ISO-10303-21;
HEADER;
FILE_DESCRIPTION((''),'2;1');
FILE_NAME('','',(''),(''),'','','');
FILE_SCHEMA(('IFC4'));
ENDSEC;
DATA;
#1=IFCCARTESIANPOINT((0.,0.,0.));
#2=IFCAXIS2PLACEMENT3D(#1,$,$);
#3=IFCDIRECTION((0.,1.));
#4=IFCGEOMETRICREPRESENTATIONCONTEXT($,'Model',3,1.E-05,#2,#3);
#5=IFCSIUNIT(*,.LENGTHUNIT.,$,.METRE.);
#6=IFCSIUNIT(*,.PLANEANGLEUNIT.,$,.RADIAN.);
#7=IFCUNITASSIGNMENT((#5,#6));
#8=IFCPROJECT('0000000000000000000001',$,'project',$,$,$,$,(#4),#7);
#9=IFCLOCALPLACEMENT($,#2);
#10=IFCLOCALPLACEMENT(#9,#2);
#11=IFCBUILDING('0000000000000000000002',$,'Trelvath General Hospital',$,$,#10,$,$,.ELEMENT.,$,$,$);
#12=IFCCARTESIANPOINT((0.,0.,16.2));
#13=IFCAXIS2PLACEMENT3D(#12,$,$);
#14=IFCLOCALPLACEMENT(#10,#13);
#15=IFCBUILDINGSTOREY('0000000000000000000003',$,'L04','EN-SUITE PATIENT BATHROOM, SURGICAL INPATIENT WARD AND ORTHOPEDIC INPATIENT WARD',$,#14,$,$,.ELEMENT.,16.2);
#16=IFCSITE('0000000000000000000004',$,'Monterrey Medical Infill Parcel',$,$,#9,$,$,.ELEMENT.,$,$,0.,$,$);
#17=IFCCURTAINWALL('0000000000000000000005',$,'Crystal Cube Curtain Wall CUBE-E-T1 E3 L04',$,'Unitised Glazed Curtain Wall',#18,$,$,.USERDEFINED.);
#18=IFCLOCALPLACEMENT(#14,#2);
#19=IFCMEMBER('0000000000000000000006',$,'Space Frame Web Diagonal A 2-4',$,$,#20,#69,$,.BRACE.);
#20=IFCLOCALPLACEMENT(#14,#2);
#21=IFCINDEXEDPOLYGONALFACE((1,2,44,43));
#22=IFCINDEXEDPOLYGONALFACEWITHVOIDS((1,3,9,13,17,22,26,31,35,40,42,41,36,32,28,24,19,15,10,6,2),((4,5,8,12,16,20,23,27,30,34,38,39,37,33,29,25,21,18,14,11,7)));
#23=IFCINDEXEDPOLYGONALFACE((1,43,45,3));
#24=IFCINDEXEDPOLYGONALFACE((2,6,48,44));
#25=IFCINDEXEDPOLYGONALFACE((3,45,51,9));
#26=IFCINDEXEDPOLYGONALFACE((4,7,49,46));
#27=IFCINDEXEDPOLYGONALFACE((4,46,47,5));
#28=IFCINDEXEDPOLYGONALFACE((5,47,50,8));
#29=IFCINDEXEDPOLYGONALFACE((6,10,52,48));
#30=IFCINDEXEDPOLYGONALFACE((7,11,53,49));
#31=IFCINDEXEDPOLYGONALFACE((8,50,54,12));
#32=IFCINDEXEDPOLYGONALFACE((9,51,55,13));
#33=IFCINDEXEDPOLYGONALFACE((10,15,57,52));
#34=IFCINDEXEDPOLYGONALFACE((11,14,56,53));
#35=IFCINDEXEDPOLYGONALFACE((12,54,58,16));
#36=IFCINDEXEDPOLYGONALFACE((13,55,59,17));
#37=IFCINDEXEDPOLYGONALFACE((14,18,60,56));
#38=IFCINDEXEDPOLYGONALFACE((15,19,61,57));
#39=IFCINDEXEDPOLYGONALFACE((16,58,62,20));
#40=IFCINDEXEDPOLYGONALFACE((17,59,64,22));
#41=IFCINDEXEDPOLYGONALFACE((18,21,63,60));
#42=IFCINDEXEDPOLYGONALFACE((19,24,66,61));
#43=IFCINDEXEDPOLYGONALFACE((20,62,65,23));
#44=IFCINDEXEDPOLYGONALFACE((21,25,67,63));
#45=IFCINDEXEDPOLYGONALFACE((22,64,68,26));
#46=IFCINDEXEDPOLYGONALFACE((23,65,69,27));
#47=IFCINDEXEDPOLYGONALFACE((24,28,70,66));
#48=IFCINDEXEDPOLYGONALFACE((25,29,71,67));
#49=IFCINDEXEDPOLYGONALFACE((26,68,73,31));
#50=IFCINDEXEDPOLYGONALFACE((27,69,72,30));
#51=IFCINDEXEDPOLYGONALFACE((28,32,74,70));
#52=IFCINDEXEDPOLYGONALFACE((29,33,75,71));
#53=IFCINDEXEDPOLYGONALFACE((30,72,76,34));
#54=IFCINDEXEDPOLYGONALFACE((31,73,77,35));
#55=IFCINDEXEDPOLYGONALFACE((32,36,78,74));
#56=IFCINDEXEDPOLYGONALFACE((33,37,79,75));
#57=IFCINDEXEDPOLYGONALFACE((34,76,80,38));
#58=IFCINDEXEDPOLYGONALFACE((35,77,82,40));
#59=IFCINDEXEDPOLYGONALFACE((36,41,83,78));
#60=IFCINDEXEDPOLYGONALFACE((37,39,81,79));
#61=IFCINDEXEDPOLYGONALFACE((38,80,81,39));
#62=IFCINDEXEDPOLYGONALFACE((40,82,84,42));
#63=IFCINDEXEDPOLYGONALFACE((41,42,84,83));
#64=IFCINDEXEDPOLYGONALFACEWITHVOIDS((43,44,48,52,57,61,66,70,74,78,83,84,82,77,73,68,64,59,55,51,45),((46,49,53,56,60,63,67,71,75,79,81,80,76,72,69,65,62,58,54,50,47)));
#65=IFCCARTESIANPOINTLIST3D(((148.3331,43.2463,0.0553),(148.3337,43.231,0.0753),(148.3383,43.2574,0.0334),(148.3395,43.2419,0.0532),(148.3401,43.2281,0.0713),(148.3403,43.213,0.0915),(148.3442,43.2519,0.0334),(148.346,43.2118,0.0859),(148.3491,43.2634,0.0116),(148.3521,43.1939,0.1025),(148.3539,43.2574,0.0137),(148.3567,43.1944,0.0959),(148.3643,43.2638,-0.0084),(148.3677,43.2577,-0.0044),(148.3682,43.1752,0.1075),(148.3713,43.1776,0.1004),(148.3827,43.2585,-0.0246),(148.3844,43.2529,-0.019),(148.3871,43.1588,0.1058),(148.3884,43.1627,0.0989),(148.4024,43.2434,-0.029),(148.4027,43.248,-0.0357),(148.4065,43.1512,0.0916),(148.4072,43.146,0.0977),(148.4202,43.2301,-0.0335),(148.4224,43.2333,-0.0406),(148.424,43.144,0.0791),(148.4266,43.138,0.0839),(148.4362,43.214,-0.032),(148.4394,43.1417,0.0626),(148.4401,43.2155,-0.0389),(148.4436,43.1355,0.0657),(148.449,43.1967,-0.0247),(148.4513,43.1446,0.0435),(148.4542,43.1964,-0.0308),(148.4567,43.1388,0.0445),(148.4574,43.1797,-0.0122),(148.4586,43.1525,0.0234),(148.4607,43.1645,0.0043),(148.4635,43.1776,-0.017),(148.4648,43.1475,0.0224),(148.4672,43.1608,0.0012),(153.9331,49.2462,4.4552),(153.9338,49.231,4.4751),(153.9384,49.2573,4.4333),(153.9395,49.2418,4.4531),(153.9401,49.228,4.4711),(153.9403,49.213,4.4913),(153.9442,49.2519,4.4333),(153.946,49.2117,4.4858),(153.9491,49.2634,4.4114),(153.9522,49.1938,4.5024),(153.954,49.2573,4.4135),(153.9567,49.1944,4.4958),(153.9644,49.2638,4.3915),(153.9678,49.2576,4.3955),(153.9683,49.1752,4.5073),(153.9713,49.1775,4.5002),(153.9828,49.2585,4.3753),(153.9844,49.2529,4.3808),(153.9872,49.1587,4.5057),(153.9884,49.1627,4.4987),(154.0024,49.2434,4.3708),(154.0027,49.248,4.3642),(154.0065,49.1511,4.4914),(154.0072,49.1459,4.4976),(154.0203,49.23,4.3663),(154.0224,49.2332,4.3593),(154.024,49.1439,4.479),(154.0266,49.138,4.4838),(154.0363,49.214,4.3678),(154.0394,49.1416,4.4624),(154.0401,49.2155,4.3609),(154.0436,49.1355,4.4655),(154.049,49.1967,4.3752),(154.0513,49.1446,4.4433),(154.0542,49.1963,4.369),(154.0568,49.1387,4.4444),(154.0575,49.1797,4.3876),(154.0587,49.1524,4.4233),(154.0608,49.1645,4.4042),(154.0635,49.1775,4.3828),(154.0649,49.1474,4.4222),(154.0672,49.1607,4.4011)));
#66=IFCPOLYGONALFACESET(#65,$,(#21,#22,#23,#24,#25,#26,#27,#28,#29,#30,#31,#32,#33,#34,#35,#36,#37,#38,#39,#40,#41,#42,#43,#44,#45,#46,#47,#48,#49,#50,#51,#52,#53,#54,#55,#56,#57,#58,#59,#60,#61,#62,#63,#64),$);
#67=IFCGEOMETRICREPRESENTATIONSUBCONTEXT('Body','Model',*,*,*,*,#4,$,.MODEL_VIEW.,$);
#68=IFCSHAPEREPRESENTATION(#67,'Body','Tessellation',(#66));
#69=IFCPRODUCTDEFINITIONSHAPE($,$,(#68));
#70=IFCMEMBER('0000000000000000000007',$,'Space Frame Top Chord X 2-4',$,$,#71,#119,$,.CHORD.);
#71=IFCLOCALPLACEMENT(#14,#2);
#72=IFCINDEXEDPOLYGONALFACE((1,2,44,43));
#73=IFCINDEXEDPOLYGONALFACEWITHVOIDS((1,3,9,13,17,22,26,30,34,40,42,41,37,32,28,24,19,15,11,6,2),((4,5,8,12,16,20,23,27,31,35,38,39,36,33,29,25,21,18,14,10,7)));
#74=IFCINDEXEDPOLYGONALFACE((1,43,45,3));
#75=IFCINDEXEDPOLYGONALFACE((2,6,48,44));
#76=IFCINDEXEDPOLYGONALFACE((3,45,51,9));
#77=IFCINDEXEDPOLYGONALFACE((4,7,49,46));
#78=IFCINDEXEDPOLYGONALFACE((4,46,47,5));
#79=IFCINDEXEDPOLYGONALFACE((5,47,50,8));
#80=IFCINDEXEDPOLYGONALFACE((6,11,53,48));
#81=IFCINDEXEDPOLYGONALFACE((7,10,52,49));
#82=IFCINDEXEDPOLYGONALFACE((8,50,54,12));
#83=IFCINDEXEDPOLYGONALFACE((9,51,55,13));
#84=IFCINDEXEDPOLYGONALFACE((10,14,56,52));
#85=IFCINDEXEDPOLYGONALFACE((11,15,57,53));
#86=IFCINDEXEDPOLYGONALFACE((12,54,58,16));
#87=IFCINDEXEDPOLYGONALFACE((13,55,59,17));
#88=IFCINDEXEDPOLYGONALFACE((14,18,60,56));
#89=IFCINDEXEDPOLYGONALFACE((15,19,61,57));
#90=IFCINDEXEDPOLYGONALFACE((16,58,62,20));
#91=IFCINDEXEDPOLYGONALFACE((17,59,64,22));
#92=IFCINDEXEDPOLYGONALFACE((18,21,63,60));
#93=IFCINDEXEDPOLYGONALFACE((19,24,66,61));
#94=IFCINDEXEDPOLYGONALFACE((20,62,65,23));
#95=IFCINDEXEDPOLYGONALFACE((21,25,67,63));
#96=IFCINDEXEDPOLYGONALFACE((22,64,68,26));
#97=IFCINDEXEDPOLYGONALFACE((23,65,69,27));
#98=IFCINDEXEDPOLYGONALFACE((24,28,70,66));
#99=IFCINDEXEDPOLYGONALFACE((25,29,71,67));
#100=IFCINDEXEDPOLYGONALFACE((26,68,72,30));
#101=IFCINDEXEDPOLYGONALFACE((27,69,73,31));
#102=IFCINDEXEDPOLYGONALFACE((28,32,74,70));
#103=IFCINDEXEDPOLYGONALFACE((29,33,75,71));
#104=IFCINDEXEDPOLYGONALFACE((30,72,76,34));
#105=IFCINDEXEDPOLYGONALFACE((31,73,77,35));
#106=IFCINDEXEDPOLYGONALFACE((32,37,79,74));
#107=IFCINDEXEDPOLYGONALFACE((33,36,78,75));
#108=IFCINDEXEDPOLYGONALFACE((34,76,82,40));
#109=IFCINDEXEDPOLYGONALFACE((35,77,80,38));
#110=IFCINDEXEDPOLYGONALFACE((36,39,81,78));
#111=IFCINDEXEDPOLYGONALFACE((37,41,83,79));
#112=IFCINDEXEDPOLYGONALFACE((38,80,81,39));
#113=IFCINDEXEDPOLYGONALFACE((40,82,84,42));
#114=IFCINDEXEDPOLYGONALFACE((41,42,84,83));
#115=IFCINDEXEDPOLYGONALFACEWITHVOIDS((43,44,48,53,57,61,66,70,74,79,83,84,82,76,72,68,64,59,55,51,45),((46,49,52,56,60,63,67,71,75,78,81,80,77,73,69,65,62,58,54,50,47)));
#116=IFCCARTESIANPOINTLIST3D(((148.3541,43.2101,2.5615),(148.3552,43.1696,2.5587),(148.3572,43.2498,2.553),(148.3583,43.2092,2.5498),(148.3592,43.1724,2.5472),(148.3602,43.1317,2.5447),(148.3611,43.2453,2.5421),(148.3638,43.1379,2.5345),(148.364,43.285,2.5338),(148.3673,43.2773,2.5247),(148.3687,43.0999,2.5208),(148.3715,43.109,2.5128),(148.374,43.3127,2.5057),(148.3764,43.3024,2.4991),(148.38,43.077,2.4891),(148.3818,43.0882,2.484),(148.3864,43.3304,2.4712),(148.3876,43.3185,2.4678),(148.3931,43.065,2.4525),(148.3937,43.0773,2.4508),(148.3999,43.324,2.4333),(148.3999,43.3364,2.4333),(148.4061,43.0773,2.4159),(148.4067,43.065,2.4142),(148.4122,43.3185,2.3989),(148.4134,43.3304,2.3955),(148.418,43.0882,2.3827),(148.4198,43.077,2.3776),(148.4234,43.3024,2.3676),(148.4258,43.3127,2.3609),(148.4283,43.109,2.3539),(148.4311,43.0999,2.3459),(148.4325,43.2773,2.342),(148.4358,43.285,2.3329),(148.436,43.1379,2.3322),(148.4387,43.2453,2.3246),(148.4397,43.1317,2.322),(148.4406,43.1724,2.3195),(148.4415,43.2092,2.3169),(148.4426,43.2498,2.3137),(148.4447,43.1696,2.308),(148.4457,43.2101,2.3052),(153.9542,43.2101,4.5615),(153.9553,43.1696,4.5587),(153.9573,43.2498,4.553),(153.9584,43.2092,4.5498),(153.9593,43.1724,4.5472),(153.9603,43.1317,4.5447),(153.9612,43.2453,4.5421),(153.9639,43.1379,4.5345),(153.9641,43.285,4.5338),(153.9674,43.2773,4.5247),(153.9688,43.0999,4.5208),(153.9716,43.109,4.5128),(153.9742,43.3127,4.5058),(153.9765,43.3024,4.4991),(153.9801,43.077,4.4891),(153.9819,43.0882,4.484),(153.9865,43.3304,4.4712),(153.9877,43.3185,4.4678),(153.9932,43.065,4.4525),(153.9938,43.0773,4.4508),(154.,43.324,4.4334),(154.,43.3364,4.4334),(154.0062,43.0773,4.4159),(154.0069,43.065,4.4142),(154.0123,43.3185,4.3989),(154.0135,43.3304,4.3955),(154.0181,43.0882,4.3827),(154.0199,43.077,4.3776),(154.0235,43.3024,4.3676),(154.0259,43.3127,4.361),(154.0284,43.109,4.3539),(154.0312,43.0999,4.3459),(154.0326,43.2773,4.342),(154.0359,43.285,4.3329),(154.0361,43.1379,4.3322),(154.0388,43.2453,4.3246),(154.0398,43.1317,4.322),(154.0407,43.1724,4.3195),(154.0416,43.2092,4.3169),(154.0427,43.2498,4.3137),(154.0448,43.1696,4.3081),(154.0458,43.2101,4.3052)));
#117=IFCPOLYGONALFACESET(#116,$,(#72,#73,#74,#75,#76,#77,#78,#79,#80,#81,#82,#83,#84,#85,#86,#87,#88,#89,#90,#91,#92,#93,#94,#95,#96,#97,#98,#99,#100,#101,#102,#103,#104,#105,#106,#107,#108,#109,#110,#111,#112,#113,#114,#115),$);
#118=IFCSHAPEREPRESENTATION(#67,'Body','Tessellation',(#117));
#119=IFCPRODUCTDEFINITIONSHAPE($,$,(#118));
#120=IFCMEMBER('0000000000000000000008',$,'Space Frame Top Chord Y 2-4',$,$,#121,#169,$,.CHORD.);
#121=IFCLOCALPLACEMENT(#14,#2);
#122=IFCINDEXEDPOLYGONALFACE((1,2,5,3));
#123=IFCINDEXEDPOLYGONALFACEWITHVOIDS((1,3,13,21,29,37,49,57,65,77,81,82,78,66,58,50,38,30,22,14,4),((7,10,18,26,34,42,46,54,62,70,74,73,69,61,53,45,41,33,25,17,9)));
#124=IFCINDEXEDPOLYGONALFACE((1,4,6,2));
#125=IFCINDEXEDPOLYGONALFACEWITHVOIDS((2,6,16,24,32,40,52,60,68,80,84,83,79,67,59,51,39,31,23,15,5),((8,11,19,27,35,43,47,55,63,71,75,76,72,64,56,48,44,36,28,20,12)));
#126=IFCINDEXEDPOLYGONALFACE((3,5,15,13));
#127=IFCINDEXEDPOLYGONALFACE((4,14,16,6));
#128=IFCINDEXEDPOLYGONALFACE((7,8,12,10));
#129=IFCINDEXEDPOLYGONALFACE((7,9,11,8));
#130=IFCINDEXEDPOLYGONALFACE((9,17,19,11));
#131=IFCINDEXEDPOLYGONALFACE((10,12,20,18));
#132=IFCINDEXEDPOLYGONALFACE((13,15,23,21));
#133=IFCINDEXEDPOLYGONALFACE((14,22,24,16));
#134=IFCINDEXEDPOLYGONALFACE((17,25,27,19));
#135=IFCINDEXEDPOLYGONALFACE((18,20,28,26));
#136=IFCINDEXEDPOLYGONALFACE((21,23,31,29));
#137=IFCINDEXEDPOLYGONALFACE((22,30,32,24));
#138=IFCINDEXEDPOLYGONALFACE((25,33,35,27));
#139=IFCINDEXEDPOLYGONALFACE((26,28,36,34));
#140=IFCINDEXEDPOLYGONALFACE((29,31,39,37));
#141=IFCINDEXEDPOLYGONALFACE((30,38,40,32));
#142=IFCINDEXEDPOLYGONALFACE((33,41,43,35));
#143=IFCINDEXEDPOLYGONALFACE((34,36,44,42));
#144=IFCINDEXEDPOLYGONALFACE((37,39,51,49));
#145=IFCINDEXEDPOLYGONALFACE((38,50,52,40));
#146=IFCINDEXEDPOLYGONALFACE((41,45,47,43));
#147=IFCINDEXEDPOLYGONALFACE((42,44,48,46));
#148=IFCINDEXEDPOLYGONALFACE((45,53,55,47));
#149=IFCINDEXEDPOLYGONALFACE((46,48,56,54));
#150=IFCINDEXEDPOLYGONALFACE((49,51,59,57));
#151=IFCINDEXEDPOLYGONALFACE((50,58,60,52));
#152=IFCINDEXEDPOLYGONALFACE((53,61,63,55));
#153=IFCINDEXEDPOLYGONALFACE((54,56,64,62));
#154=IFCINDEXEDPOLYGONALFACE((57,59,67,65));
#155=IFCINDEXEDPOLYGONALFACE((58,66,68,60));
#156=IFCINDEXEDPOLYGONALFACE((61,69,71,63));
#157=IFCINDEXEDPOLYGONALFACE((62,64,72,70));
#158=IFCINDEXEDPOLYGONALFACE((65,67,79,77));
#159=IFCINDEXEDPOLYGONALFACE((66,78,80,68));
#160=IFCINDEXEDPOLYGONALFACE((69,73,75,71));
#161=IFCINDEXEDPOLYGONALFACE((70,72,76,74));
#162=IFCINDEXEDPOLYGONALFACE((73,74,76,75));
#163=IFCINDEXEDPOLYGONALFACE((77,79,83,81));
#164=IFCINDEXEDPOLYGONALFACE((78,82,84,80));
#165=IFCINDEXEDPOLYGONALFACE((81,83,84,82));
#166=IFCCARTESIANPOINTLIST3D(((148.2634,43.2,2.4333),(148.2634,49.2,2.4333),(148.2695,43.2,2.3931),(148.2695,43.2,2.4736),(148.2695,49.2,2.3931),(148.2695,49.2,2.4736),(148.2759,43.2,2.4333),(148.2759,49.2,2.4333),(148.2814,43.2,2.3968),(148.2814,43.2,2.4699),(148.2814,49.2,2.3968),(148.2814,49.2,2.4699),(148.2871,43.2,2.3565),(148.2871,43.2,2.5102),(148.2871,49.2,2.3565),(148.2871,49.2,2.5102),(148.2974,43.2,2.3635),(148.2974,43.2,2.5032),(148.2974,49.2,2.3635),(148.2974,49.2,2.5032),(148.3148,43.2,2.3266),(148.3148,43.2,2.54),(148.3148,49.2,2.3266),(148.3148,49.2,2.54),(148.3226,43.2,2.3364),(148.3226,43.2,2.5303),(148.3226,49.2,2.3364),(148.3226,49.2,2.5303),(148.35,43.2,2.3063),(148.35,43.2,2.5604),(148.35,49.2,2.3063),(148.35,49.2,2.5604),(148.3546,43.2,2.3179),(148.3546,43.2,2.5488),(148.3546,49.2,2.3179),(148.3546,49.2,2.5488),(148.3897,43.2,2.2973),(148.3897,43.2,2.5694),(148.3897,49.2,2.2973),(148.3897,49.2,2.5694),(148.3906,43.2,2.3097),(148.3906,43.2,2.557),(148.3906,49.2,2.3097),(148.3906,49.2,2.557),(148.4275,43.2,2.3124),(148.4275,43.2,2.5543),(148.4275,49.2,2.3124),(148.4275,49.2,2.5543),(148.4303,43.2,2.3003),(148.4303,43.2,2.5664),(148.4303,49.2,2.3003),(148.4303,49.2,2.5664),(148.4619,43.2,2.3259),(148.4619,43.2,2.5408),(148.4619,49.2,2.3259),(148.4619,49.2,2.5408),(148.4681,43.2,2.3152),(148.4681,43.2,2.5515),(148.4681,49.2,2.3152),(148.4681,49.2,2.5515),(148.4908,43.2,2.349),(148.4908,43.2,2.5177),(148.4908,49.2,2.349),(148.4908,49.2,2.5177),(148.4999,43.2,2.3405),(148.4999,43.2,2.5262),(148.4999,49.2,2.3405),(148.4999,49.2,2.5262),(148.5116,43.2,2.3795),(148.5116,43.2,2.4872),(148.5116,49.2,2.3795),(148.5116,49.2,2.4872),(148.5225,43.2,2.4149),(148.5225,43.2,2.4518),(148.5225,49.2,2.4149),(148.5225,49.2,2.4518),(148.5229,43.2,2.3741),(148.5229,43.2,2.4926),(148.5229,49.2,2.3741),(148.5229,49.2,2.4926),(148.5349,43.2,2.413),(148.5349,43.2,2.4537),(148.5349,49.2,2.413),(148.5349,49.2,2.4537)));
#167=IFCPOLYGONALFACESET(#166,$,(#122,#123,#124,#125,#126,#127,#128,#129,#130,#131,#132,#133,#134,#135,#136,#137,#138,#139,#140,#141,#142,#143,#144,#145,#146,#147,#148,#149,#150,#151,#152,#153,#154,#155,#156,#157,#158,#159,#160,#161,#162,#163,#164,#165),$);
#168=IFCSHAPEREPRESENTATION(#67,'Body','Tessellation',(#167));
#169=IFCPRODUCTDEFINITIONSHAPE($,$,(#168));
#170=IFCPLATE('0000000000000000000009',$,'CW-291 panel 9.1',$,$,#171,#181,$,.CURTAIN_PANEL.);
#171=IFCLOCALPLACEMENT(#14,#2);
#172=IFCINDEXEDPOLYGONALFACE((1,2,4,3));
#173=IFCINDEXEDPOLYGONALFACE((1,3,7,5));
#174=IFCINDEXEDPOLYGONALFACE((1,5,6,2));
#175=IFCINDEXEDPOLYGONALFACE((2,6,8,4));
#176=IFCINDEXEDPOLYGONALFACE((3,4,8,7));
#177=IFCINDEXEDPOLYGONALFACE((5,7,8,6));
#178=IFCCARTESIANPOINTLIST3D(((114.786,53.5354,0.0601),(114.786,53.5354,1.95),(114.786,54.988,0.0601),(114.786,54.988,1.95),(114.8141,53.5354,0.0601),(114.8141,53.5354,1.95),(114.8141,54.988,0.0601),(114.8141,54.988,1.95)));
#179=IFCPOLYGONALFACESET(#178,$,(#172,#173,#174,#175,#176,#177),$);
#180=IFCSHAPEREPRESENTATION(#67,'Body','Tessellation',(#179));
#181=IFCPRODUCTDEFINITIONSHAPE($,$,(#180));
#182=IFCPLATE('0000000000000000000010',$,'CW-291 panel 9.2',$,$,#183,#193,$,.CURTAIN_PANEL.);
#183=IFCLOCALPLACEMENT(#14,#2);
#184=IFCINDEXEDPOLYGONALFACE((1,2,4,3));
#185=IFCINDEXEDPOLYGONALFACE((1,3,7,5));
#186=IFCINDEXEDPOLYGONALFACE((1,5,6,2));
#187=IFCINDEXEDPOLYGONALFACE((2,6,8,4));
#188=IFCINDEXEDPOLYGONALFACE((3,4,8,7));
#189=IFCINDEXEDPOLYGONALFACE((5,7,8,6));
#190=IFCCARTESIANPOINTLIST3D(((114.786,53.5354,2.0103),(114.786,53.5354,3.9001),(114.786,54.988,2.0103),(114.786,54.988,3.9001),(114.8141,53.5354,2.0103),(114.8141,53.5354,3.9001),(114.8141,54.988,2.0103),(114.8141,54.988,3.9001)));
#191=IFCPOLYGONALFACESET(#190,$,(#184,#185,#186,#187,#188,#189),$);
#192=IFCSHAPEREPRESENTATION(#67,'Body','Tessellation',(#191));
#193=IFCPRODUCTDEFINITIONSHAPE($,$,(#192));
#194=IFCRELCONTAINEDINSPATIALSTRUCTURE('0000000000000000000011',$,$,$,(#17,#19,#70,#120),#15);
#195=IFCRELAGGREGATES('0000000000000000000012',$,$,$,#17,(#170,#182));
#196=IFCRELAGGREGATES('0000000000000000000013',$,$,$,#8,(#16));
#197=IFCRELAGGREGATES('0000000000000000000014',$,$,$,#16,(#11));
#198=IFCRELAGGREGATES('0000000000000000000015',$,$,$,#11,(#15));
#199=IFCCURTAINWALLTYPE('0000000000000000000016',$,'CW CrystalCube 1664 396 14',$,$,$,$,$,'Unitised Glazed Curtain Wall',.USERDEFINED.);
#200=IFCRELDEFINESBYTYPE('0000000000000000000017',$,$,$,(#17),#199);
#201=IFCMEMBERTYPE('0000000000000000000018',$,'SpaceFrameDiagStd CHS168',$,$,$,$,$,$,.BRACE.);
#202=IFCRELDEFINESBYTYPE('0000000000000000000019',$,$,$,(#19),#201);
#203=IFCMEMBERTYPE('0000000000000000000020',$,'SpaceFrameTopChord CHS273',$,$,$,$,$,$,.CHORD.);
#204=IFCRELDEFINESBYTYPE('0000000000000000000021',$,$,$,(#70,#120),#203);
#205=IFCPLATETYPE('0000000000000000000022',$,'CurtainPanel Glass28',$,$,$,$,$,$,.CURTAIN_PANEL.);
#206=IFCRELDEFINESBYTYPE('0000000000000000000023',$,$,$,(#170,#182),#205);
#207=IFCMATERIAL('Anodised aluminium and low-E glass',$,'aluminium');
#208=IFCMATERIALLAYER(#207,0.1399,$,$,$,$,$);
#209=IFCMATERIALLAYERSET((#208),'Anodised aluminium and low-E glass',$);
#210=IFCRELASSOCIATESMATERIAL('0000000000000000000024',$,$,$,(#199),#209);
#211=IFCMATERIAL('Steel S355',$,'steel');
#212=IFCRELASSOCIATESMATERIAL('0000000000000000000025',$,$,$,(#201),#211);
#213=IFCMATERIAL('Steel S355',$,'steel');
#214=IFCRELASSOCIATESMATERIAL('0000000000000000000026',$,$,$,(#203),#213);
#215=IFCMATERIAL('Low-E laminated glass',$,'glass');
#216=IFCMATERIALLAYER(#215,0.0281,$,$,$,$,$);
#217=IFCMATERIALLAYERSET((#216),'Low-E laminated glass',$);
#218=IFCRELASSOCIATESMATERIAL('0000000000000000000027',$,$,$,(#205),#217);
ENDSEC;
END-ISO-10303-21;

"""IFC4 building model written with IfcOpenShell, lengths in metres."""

from ifc_helpers import new_model, si_unit, direction, frame, origin, origin_2d, place, context, subcontext, project, spatial, rectangle, hollow_circle, extrude, material, layer, layer_set, material_profile, profile_set, type_object, element, aggregate, save


model = new_model("IFC4")

# Units and contexts
model_context = context("Model", 3, precision=1e-05, world=origin(), true_north=direction((0.0, 1.0)))
body_context = subcontext(model_context, "Body", "Model", "MODEL_VIEW")
ifc_project = project(units=[si_unit("LENGTHUNIT", "METRE"), si_unit("PLANEANGLEUNIT", "RADIAN")], contexts=[model_context])

# Site, building, storey
site_placement = place(None, origin())
site = spatial("IfcSite", under=ifc_project, at=site_placement, Name="Monterrey Medical Infill Parcel", CompositionType="ELEMENT", RefElevation=0.0)
building_placement = place(site_placement, origin())
building = spatial("IfcBuilding", under=site, at=building_placement, Name="Trelvath General Hospital", CompositionType="ELEMENT")
storey_placement = place(building_placement, frame((0.0, 0.0, 16.2)))
storey = spatial("IfcBuildingStorey", under=building, at=storey_placement, Name="L04", Description="EN-SUITE PATIENT BATHROOM, SURGICAL INPATIENT WARD AND ORTHOPEDIC INPATIENT WARD", CompositionType="ELEMENT", Elevation=16.2)

# Curtain wall
ifc_material_1 = material(Name="Anodised aluminium and low-E glass", Category="aluminium")
ifc_layer_1 = layer(ifc_material_1, 0.1399)
ifc_layer_set_1 = layer_set([ifc_layer_1], Name="Anodised aluminium and low-E glass")
curtain_wall_type = type_object("IfcCurtainWallType", Name="CW CrystalCube 1664 396 14", ElementType="Unitised Glazed Curtain Wall", PredefinedType="USERDEFINED", material=ifc_layer_set_1)
curtain_wall_placement = place(storey_placement, origin())
curtain_wall = element("IfcCurtainWall", 1, at=curtain_wall_placement, inside=storey, type_object=curtain_wall_type, Name="Crystal Cube Curtain Wall CUBE-E-T1 E3 L04", ObjectType="Unitised Glazed Curtain Wall", PredefinedType="USERDEFINED")

# Members
ifc_material_2 = material(Name="Steel S355", Category="steel")
ifc_material_profile_1 = material_profile(ifc_material_2, hollow_circle(Radius=0.0842, WallThickness=0.0081, at=origin_2d()), Name="CHS168.3x8.0")
ifc_profile_set_1 = profile_set([ifc_material_profile_1], Name="Steel S355")
member_type_1 = type_object("IfcMemberType", Name="SpaceFrameDiagStd CHS168", PredefinedType="BRACE", material=ifc_profile_set_1)
member_1_placement = place(storey_placement, frame((148.3999, 43.2, 0.0334), z_axis=(0.601361, 0.644304, 0.472479), x_axis=(-0.731049, 0.682325, 0.0)))
element("IfcMember", 2, at=member_1_placement, inside=storey, type_object=member_type_1, Name="Space Frame Web Diagonal A 2-4", PredefinedType="BRACE", context=body_context, shape_type="SweptSolid", body=[
    extrude(hollow_circle(Radius=0.0842, WallThickness=0.0081, at=origin_2d()), origin(), (0.0, 0.0, 1.0), 9.3123),
])
ifc_material_3 = material(Name="Steel S355", Category="steel")
ifc_material_profile_2 = material_profile(ifc_material_3, hollow_circle(Radius=0.1365, WallThickness=0.0125, at=origin_2d()), Name="CHS273.0x12.5")
ifc_profile_set_2 = profile_set([ifc_material_profile_2], Name="Steel S355")
member_type_2 = type_object("IfcMemberType", Name="SpaceFrameTopChord CHS273", PredefinedType="CHORD", material=ifc_profile_set_2)
member_2_placement = place(storey_placement, frame((148.3999, 43.2, 2.4333), z_axis=(0.941744, 0.0, 0.336331), x_axis=(0.0, 1.0, 0.0)))
element("IfcMember", 3, at=member_2_placement, inside=storey, type_object=member_type_2, Name="Space Frame Top Chord X 2-4", PredefinedType="CHORD", context=body_context, shape_type="SweptSolid", body=[
    extrude(hollow_circle(Radius=0.1365, WallThickness=0.0125, at=origin_2d()), origin(), (0.0, 0.0, 1.0), 5.9465),
])
member_3_placement = place(storey_placement, frame((148.3999, 43.2, 2.4333), z_axis=(0.0, 1.0, 0.0), x_axis=(-1.0, 0.0, 0.0)))
element("IfcMember", 4, at=member_3_placement, inside=storey, type_object=member_type_2, Name="Space Frame Top Chord Y 2-4", PredefinedType="CHORD", context=body_context, shape_type="SweptSolid", body=[
    extrude(hollow_circle(Radius=0.1365, WallThickness=0.0125, at=origin_2d()), origin(), (0.0, 0.0, 1.0), 6.0),
])

# Plates
ifc_material_4 = material(Name="Low-E laminated glass", Category="glass")
ifc_layer_2 = layer(ifc_material_4, 0.0281)
ifc_layer_set_2 = layer_set([ifc_layer_2], Name="Low-E laminated glass")
plate_type = type_object("IfcPlateType", Name="CurtainPanel Glass28", PredefinedType="CURTAIN_PANEL", material=ifc_layer_set_2)
plate_1_placement = place(storey_placement, frame((114.8, 54.2617, 0.0601), z_axis=(0.0, 0.0, 1.0), x_axis=(0.0, -1.0, 0.0)))
plate_1 = element("IfcPlate", 5, at=plate_1_placement, type_object=plate_type, Name="CW-291 panel 9.1", PredefinedType="CURTAIN_PANEL", context=body_context, shape_type="SweptSolid", body=[
    extrude(rectangle(XDim=1.4526, YDim=0.0281, at=origin_2d()), origin(), (0.0, 0.0, 1.0), 1.8899),
])
plate_2_placement = place(storey_placement, frame((114.8, 54.2617, 2.0103), z_axis=(0.0, 0.0, 1.0), x_axis=(0.0, -1.0, 0.0)))
plate_2 = element("IfcPlate", 6, at=plate_2_placement, type_object=plate_type, Name="CW-291 panel 9.2", PredefinedType="CURTAIN_PANEL", context=body_context, shape_type="SweptSolid", body=[
    extrude(rectangle(XDim=1.4526, YDim=0.0281, at=origin_2d()), origin(), (0.0, 0.0, 1.0), 1.8899),
])
aggregate(curtain_wall, [plate_1, plate_2])

save(model, "model.ifc")
